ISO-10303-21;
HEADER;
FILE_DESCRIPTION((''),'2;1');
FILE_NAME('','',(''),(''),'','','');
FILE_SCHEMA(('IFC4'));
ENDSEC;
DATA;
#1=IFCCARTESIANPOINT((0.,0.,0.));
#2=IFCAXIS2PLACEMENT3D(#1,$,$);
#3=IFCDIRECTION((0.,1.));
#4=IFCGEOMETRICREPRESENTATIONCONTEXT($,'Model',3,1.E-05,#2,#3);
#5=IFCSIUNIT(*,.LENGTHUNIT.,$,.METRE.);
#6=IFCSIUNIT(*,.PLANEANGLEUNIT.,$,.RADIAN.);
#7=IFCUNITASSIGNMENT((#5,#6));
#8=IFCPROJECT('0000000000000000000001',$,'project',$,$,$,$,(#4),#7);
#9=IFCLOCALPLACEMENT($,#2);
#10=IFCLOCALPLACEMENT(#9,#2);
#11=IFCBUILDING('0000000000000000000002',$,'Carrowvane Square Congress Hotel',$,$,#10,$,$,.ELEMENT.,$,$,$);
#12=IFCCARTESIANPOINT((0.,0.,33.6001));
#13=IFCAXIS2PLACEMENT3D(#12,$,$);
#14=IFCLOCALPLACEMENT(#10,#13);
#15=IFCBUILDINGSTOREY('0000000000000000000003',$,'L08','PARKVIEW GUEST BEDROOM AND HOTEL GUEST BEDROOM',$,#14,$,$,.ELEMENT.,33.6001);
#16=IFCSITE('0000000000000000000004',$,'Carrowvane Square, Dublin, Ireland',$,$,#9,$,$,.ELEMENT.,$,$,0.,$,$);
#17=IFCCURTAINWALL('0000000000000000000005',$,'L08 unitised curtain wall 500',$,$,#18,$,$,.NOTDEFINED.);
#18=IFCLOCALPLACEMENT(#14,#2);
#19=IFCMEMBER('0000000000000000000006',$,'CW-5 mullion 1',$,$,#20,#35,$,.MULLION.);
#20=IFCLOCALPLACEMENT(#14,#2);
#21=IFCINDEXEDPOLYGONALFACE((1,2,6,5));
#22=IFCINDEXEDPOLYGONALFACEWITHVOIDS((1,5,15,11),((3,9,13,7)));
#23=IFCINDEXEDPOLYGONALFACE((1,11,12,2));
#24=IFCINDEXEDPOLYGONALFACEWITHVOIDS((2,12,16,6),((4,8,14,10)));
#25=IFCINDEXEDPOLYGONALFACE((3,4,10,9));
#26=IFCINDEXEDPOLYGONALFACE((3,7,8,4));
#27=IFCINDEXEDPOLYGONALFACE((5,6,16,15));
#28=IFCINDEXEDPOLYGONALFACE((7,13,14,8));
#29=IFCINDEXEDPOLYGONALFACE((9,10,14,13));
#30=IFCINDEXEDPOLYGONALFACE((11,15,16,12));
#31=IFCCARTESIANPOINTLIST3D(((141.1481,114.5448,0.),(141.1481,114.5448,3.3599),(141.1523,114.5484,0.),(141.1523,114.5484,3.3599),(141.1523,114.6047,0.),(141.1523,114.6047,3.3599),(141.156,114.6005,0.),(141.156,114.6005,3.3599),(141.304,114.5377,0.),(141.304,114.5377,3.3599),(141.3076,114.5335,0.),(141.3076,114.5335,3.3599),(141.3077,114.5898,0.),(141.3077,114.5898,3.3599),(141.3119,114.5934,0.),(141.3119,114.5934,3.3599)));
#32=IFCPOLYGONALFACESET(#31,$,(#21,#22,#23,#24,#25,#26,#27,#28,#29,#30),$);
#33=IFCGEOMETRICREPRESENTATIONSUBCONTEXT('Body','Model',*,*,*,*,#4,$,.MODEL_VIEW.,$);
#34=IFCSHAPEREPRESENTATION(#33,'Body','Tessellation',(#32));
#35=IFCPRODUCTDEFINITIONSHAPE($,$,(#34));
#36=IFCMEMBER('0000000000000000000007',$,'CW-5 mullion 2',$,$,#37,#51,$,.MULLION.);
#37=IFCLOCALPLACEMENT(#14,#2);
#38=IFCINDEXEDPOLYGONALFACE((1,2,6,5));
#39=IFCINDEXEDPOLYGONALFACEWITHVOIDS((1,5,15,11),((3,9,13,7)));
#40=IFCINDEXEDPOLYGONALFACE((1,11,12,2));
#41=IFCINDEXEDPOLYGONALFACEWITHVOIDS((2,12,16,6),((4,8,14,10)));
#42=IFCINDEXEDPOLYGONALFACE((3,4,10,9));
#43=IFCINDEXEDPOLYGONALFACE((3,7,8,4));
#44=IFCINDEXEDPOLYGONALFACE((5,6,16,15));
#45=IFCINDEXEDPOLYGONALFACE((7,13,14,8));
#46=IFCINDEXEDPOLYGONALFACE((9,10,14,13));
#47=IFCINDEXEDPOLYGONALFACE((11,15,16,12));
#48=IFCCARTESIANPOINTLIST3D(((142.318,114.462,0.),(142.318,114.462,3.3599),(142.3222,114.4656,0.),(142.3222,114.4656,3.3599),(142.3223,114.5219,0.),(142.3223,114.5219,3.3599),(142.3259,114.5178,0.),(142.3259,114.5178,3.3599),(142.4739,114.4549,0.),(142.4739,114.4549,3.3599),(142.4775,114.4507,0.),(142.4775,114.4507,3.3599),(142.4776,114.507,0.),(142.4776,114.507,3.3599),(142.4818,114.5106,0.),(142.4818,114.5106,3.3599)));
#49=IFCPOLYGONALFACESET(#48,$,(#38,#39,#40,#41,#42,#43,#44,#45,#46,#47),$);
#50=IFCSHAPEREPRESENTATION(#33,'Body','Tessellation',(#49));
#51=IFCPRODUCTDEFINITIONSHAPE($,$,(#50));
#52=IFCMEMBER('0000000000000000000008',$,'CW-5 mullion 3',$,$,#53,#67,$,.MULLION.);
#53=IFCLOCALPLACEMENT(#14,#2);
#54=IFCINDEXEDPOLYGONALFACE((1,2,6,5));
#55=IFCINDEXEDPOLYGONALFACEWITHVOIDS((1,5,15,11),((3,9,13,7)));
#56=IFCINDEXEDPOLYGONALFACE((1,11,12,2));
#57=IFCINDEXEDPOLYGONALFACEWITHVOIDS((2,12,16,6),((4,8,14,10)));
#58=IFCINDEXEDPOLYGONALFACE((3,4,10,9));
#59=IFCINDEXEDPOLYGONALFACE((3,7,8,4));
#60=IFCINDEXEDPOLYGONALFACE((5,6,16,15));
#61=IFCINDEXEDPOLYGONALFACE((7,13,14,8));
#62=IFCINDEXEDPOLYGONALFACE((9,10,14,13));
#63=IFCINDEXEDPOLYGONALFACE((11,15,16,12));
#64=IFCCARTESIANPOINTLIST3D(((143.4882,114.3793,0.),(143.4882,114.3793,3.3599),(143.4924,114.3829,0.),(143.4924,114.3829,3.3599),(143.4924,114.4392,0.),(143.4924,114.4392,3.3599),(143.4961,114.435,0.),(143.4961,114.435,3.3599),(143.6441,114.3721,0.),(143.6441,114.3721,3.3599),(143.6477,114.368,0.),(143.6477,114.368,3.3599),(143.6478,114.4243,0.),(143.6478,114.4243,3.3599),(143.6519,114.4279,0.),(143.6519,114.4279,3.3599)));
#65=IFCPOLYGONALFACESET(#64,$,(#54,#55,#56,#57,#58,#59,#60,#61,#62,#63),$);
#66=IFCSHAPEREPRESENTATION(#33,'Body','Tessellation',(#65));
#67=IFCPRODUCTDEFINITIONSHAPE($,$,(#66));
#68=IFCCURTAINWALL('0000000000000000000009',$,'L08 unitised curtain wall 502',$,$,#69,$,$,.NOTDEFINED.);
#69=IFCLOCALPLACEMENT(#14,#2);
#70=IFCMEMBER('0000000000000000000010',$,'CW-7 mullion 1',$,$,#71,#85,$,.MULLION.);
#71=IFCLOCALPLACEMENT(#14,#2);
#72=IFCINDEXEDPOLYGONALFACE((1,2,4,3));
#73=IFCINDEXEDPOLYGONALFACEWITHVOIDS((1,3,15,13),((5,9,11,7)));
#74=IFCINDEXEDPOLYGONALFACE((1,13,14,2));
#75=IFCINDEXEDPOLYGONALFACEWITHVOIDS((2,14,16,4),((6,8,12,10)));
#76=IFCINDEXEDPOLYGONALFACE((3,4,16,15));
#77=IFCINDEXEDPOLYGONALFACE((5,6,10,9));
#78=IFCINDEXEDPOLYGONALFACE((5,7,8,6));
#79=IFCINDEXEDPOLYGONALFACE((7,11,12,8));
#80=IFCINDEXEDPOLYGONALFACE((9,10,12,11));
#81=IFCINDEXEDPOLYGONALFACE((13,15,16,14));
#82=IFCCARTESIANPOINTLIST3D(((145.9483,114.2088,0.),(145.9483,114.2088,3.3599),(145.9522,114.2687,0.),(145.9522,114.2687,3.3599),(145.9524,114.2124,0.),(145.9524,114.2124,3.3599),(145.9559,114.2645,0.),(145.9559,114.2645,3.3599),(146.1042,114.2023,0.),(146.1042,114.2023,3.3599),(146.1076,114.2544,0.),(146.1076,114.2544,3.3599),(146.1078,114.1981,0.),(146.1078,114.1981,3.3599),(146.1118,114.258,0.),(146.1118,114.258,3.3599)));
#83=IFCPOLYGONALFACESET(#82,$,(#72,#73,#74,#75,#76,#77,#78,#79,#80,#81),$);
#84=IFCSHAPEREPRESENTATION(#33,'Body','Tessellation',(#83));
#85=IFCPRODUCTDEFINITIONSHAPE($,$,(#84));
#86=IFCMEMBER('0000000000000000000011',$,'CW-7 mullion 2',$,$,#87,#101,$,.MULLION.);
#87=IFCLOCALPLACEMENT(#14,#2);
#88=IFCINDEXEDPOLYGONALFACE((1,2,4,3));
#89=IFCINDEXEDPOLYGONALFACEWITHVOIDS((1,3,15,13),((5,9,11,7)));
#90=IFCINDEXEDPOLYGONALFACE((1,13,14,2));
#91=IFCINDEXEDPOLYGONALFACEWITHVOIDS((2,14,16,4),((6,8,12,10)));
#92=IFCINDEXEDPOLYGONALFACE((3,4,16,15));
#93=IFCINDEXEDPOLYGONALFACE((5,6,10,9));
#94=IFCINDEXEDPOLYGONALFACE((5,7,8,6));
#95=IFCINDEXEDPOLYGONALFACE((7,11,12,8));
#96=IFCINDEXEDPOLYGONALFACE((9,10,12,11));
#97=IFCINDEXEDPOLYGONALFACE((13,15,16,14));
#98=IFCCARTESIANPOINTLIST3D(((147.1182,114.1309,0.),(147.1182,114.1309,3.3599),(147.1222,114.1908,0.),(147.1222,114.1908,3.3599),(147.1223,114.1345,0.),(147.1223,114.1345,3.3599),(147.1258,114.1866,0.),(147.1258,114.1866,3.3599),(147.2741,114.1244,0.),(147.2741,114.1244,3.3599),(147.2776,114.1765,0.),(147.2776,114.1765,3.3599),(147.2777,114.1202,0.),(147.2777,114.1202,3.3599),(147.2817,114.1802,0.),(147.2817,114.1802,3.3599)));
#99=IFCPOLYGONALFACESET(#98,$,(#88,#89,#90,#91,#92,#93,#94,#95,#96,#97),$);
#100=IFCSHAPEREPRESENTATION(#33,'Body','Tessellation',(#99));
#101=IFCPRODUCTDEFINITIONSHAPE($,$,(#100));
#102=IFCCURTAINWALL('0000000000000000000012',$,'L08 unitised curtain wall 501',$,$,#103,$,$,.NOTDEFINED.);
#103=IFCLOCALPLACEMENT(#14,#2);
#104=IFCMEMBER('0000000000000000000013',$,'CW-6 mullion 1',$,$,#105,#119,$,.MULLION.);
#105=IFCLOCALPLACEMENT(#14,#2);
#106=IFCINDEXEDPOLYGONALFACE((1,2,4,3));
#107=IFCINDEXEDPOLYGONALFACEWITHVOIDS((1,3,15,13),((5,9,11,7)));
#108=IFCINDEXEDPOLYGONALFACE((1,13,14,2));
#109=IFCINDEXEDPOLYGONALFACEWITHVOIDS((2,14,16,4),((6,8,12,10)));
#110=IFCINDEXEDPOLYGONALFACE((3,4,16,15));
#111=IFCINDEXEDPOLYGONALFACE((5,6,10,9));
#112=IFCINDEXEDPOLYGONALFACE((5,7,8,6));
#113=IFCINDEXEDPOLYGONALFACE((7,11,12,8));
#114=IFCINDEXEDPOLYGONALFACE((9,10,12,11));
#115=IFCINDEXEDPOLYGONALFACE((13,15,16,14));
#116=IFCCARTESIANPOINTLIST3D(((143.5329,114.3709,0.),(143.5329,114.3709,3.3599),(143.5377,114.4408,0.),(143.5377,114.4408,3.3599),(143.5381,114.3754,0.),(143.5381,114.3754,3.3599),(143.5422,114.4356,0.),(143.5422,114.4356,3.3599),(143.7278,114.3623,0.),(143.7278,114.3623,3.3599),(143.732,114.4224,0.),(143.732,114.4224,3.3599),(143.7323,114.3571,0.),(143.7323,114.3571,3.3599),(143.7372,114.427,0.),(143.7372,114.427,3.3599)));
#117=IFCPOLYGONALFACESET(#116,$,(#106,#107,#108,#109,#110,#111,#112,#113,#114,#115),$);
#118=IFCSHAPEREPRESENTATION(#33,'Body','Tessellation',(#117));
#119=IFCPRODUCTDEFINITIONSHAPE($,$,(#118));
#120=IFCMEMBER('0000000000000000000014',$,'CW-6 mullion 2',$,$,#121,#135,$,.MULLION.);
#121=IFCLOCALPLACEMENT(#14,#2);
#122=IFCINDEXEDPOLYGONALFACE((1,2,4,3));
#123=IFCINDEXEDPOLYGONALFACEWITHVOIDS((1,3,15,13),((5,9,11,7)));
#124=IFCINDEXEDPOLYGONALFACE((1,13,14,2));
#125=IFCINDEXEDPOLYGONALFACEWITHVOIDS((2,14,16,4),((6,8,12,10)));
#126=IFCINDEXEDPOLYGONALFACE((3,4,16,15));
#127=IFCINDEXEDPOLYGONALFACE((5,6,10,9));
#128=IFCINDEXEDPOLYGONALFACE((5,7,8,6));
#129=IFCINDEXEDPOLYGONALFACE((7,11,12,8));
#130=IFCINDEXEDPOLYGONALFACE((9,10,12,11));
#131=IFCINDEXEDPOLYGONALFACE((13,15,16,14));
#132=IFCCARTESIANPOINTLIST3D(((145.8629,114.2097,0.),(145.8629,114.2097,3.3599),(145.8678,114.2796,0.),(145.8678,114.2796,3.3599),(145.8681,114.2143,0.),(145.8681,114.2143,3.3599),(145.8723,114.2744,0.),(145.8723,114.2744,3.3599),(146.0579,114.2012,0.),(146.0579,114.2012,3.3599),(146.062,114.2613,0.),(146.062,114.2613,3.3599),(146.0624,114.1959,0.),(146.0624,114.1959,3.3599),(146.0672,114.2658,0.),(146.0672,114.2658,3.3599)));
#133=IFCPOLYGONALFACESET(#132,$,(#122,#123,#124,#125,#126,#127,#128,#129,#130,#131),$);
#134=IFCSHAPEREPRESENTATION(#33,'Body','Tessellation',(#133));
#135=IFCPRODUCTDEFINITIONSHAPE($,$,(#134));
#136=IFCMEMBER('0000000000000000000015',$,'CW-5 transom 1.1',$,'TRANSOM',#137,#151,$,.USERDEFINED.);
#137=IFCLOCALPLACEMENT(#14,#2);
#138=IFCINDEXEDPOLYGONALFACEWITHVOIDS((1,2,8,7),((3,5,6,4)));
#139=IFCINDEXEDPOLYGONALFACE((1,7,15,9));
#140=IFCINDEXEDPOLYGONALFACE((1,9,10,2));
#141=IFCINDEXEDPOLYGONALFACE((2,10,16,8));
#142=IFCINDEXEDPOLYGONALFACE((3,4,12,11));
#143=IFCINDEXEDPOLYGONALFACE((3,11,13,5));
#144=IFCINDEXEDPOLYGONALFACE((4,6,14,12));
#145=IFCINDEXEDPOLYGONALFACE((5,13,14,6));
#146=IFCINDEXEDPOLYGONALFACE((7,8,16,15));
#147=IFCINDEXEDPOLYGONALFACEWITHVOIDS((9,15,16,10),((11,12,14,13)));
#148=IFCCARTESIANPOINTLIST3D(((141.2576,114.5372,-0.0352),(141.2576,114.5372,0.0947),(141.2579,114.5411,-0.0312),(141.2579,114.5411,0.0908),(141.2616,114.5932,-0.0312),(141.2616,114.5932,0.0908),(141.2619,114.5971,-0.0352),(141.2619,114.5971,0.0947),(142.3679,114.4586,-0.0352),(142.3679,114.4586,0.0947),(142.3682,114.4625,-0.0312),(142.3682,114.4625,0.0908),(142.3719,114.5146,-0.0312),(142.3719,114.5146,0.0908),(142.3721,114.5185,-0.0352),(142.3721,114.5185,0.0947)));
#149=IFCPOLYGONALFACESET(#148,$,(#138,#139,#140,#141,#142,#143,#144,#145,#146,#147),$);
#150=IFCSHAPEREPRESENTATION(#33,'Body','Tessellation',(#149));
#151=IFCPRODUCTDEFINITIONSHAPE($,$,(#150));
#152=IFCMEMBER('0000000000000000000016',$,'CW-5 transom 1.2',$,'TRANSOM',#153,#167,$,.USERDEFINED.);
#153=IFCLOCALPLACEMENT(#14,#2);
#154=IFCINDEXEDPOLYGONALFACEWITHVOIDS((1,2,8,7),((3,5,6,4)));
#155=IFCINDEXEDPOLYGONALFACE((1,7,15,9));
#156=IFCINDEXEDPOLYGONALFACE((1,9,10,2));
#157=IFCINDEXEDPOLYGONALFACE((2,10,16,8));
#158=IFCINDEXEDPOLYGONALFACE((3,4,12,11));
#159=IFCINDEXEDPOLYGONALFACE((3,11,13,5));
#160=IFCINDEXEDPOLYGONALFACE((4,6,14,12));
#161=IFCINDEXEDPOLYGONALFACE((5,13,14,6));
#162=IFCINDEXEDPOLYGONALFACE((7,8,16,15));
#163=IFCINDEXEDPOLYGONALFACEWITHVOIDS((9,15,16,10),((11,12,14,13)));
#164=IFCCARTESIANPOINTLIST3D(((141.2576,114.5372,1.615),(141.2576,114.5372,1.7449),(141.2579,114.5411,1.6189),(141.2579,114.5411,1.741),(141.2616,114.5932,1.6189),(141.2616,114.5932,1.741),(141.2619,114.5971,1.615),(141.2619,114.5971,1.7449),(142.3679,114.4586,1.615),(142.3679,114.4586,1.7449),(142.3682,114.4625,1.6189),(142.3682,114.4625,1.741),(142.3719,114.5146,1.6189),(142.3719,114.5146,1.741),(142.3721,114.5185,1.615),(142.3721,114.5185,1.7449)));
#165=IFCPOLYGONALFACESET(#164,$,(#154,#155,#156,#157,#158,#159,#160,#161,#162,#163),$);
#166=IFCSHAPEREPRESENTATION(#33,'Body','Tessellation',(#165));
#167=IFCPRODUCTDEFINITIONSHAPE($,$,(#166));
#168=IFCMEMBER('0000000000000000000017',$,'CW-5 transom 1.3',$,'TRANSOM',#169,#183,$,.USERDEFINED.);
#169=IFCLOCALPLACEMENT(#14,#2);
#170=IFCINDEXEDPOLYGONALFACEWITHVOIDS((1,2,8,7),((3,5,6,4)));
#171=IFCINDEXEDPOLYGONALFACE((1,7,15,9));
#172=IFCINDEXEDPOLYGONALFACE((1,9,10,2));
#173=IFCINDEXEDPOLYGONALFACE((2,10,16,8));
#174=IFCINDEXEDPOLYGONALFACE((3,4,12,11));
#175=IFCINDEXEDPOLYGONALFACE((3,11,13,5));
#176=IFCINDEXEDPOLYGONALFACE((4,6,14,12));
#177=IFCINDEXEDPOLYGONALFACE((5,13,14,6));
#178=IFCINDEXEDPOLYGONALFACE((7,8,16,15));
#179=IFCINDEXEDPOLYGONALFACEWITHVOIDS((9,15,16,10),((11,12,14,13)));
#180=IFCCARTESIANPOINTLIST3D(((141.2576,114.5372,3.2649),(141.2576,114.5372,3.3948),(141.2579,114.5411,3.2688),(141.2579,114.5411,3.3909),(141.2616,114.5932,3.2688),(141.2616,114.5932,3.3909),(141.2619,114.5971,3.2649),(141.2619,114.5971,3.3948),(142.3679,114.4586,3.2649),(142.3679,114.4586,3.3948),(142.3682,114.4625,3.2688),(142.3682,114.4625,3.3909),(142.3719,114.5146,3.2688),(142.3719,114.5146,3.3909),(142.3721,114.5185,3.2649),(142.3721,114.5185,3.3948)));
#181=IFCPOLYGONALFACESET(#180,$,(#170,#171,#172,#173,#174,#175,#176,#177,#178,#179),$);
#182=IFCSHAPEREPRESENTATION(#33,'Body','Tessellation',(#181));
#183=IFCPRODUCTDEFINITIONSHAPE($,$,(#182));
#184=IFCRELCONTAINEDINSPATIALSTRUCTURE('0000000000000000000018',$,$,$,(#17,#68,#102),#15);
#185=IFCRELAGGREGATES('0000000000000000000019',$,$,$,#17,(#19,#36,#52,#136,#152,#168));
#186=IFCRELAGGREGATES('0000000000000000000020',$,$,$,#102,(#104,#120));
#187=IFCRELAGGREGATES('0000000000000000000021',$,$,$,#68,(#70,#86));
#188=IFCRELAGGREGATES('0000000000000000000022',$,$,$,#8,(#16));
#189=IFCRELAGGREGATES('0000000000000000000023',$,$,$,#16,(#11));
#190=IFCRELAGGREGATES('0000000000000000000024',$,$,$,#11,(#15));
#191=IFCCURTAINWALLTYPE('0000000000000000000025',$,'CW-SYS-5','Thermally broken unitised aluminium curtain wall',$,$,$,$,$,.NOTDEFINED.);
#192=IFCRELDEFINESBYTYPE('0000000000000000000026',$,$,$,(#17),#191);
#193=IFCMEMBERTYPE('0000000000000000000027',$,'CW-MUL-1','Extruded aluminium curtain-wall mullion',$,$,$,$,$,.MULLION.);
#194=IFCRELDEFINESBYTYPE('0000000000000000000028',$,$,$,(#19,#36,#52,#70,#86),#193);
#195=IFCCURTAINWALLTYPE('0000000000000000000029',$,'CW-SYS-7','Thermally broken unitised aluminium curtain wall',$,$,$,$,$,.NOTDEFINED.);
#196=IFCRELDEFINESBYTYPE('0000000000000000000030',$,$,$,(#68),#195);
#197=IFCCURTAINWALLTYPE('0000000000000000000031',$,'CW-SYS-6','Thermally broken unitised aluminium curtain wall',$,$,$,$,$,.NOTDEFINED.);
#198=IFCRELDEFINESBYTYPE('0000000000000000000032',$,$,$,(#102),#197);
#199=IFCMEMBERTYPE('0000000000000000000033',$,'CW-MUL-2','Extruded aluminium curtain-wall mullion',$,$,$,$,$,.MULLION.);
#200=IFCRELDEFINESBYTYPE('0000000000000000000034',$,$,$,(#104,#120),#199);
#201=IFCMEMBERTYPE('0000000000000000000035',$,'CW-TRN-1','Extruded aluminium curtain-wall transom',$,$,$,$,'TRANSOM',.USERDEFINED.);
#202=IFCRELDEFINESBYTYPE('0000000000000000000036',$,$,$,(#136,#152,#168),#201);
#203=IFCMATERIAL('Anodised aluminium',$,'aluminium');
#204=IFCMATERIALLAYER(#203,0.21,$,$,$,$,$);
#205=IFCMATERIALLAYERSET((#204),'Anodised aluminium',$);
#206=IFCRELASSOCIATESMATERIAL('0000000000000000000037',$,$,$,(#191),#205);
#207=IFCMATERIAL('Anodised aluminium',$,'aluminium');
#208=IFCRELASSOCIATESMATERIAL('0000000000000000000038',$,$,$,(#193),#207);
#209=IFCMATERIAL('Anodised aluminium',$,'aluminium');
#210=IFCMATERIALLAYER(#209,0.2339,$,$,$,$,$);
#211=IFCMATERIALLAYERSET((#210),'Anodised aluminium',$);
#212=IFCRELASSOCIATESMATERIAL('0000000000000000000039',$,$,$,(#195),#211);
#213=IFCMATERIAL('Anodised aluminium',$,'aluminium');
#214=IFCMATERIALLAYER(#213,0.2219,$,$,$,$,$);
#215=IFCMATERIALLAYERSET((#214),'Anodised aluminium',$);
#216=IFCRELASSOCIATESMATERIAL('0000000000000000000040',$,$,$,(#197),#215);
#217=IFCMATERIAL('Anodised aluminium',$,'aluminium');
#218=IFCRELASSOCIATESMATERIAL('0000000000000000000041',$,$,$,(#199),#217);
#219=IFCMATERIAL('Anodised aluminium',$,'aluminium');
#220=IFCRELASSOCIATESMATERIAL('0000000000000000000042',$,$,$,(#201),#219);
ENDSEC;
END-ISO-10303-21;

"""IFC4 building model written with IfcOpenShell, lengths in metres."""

from ifc_helpers import new_model, si_unit, direction, frame, origin, origin_2d, place, context, subcontext, project, spatial, hollow_rectangle, extrude, material, layer, layer_set, material_profile, profile_set, type_object, element, aggregate, save


model = new_model("IFC4")

# Units and contexts
model_context = context("Model", 3, precision=1e-05, world=origin(), true_north=direction((0.0, 1.0)))
body_context = subcontext(model_context, "Body", "Model", "MODEL_VIEW")
ifc_project = project(units=[si_unit("LENGTHUNIT", "METRE"), si_unit("PLANEANGLEUNIT", "RADIAN")], contexts=[model_context])

# Site, building, storey
site_placement = place(None, origin())
site = spatial("IfcSite", under=ifc_project, at=site_placement, Name="Carrowvane Square, Dublin, Ireland", CompositionType="ELEMENT", RefElevation=0.0)
building_placement = place(site_placement, origin())
building = spatial("IfcBuilding", under=site, at=building_placement, Name="Carrowvane Square Congress Hotel", CompositionType="ELEMENT")
storey_placement = place(building_placement, frame((0.0, 0.0, 33.6001)))
storey = spatial("IfcBuildingStorey", under=building, at=storey_placement, Name="L08", Description="PARKVIEW GUEST BEDROOM AND HOTEL GUEST BEDROOM", CompositionType="ELEMENT", Elevation=33.6001)

# Curtain walls, members
ifc_material_1 = material(Name="Anodised aluminium", Category="aluminium")
ifc_layer_1 = layer(ifc_material_1, 0.21)
ifc_layer_set_1 = layer_set([ifc_layer_1], Name="Anodised aluminium")
curtain_wall_type_1 = type_object("IfcCurtainWallType", Name="CW-SYS-5", Description="Thermally broken unitised aluminium curtain wall", PredefinedType="NOTDEFINED", material=ifc_layer_set_1)
curtain_wall_1_placement = place(storey_placement, origin())
curtain_wall_1 = element("IfcCurtainWall", 1, at=curtain_wall_1_placement, inside=storey, type_object=curtain_wall_type_1, Name="L08 unitised curtain wall 500", PredefinedType="NOTDEFINED")
ifc_material_2 = material(Name="Anodised aluminium", Category="aluminium")
ifc_material_profile_1 = material_profile(ifc_material_2, hollow_rectangle(XDim=0.0601, YDim=0.1599, WallThickness=0.0039, at=origin_2d()), Name="CW-ML 60x160x4")
ifc_profile_set_1 = profile_set([ifc_material_profile_1], Name="Anodised aluminium")
member_type_1 = type_object("IfcMemberType", Name="CW-MUL-1", Description="Extruded aluminium curtain-wall mullion", PredefinedType="MULLION", material=ifc_profile_set_1)
member_1_placement = place(storey_placement, frame((141.23, 114.5691, 0.0), z_axis=(0.0, 0.0, 1.0), x_axis=(0.070586, 0.997506, 0.0)))
member_1 = element("IfcMember", 2, at=member_1_placement, type_object=member_type_1, Name="CW-5 mullion 1", PredefinedType="MULLION", context=body_context, shape_type="SweptSolid", body=[
    extrude(hollow_rectangle(XDim=0.0601, YDim=0.1599, WallThickness=0.0039, at=origin_2d()), origin(), (0.0, 0.0, 1.0), 3.3599),
])
member_2_placement = place(storey_placement, frame((142.3999, 114.4863, 0.0), z_axis=(0.0, 0.0, 1.0), x_axis=(0.070586, 0.997506, 0.0)))
member_2 = element("IfcMember", 3, at=member_2_placement, type_object=member_type_1, Name="CW-5 mullion 2", PredefinedType="MULLION", context=body_context, shape_type="SweptSolid", body=[
    extrude(hollow_rectangle(XDim=0.0601, YDim=0.1599, WallThickness=0.0039, at=origin_2d()), origin(), (0.0, 0.0, 1.0), 3.3599),
])
member_3_placement = place(storey_placement, frame((143.5701, 114.4036, 0.0), z_axis=(0.0, 0.0, 1.0), x_axis=(0.070586, 0.997506, 0.0)))
member_3 = element("IfcMember", 4, at=member_3_placement, type_object=member_type_1, Name="CW-5 mullion 3", PredefinedType="MULLION", context=body_context, shape_type="SweptSolid", body=[
    extrude(hollow_rectangle(XDim=0.0601, YDim=0.1599, WallThickness=0.0039, at=origin_2d()), origin(), (0.0, 0.0, 1.0), 3.3599),
])
ifc_material_3 = material(Name="Anodised aluminium", Category="aluminium")
ifc_layer_2 = layer(ifc_material_3, 0.2339)
ifc_layer_set_2 = layer_set([ifc_layer_2], Name="Anodised aluminium")
curtain_wall_type_2 = type_object("IfcCurtainWallType", Name="CW-SYS-7", Description="Thermally broken unitised aluminium curtain wall", PredefinedType="NOTDEFINED", material=ifc_layer_set_2)
curtain_wall_2_placement = place(storey_placement, origin())
curtain_wall_2 = element("IfcCurtainWall", 5, at=curtain_wall_2_placement, inside=storey, type_object=curtain_wall_type_2, Name="L08 unitised curtain wall 502", PredefinedType="NOTDEFINED")
member_4_placement = place(storey_placement, frame((146.03, 114.2334, 0.0), z_axis=(0.0, 0.0, 1.0), x_axis=(0.066574, 0.997781, 0.0)))
member_4 = element("IfcMember", 6, at=member_4_placement, type_object=member_type_1, Name="CW-7 mullion 1", PredefinedType="MULLION", context=body_context, shape_type="SweptSolid", body=[
    extrude(hollow_rectangle(XDim=0.0601, YDim=0.1599, WallThickness=0.0039, at=origin_2d()), origin(), (0.0, 0.0, 1.0), 3.3599),
])
member_5_placement = place(storey_placement, frame((147.2, 114.1555, 0.0), z_axis=(0.0, 0.0, 1.0), x_axis=(0.066574, 0.997781, 0.0)))
member_5 = element("IfcMember", 7, at=member_5_placement, type_object=member_type_1, Name="CW-7 mullion 2", PredefinedType="MULLION", context=body_context, shape_type="SweptSolid", body=[
    extrude(hollow_rectangle(XDim=0.0601, YDim=0.1599, WallThickness=0.0039, at=origin_2d()), origin(), (0.0, 0.0, 1.0), 3.3599),
])
ifc_material_4 = material(Name="Anodised aluminium", Category="aluminium")
ifc_layer_3 = layer(ifc_material_4, 0.2219)
ifc_layer_set_3 = layer_set([ifc_layer_3], Name="Anodised aluminium")
curtain_wall_type_3 = type_object("IfcCurtainWallType", Name="CW-SYS-6", Description="Thermally broken unitised aluminium curtain wall", PredefinedType="NOTDEFINED", material=ifc_layer_set_3)
curtain_wall_3_placement = place(storey_placement, origin())
curtain_wall_3 = element("IfcCurtainWall", 8, at=curtain_wall_3_placement, inside=storey, type_object=curtain_wall_type_3, Name="L08 unitised curtain wall 501", PredefinedType="NOTDEFINED")
ifc_material_5 = material(Name="Anodised aluminium", Category="aluminium")
ifc_material_profile_2 = material_profile(ifc_material_5, hollow_rectangle(XDim=0.0701, YDim=0.2, WallThickness=0.0049, at=origin_2d()), Name="CW-ML 70x200x5")
ifc_profile_set_2 = profile_set([ifc_material_profile_2], Name="Anodised aluminium")
member_type_2 = type_object("IfcMemberType", Name="CW-MUL-2", Description="Extruded aluminium curtain-wall mullion", PredefinedType="MULLION", material=ifc_profile_set_2)
member_6_placement = place(storey_placement, frame((143.635, 114.3989, 0.0), z_axis=(0.0, 0.0, 1.0), x_axis=(0.068986, 0.997618, 0.0)))
member_6 = element("IfcMember", 9, at=member_6_placement, type_object=member_type_2, Name="CW-6 mullion 1", PredefinedType="MULLION", context=body_context, shape_type="SweptSolid", body=[
    extrude(hollow_rectangle(XDim=0.0701, YDim=0.2, WallThickness=0.0049, at=origin_2d()), origin(), (0.0, 0.0, 1.0), 3.3599),
])
member_7_placement = place(storey_placement, frame((145.9651, 114.2378, 0.0), z_axis=(0.0, 0.0, 1.0), x_axis=(0.068986, 0.997618, 0.0)))
member_7 = element("IfcMember", 10, at=member_7_placement, type_object=member_type_2, Name="CW-6 mullion 2", PredefinedType="MULLION", context=body_context, shape_type="SweptSolid", body=[
    extrude(hollow_rectangle(XDim=0.0701, YDim=0.2, WallThickness=0.0049, at=origin_2d()), origin(), (0.0, 0.0, 1.0), 3.3599),
])

# Members
ifc_material_6 = material(Name="Anodised aluminium", Category="aluminium")
ifc_material_profile_3 = material_profile(ifc_material_6, hollow_rectangle(XDim=0.0601, YDim=0.1299, WallThickness=0.0039, at=origin_2d()), Name="CW-TR 60x130x4")
ifc_profile_set_3 = profile_set([ifc_material_profile_3], Name="Anodised aluminium")
member_type_3 = type_object("IfcMemberType", Name="CW-TRN-1", Description="Extruded aluminium curtain-wall transom", ElementType="TRANSOM", PredefinedType="USERDEFINED", material=ifc_profile_set_3)
member_8_placement = place(storey_placement, frame((141.2598, 114.5671, 0.0298), z_axis=(0.997503, -0.070624, 0.0), x_axis=(0.070624, 0.997503, 0.0)))
member_8 = element("IfcMember", 11, at=member_8_placement, type_object=member_type_3, Name="CW-5 transom 1.1", ObjectType="TRANSOM", PredefinedType="USERDEFINED", context=body_context, shape_type="SweptSolid", body=[
    extrude(hollow_rectangle(XDim=0.0601, YDim=0.1299, WallThickness=0.0039, at=origin_2d()), origin(), (0.0, 0.0, 1.0), 1.113),
])
member_9_placement = place(storey_placement, frame((141.2598, 114.5671, 1.6799), z_axis=(0.997503, -0.070624, 0.0), x_axis=(0.070624, 0.997503, 0.0)))
member_9 = element("IfcMember", 12, at=member_9_placement, type_object=member_type_3, Name="CW-5 transom 1.2", ObjectType="TRANSOM", PredefinedType="USERDEFINED", context=body_context, shape_type="SweptSolid", body=[
    extrude(hollow_rectangle(XDim=0.0601, YDim=0.1299, WallThickness=0.0039, at=origin_2d()), origin(), (0.0, 0.0, 1.0), 1.113),
])
member_10_placement = place(storey_placement, frame((141.2598, 114.5671, 3.3298), z_axis=(0.997503, -0.070624, 0.0), x_axis=(0.070624, 0.997503, 0.0)))
member_10 = element("IfcMember", 13, at=member_10_placement, type_object=member_type_3, Name="CW-5 transom 1.3", ObjectType="TRANSOM", PredefinedType="USERDEFINED", context=body_context, shape_type="SweptSolid", body=[
    extrude(hollow_rectangle(XDim=0.0601, YDim=0.1299, WallThickness=0.0039, at=origin_2d()), origin(), (0.0, 0.0, 1.0), 1.113),
])

aggregate(curtain_wall_1, [member_1, member_2, member_3, member_8, member_9, member_10])
aggregate(curtain_wall_3, [member_6, member_7])
aggregate(curtain_wall_2, [member_4, member_5])

save(model, "model.ifc")
